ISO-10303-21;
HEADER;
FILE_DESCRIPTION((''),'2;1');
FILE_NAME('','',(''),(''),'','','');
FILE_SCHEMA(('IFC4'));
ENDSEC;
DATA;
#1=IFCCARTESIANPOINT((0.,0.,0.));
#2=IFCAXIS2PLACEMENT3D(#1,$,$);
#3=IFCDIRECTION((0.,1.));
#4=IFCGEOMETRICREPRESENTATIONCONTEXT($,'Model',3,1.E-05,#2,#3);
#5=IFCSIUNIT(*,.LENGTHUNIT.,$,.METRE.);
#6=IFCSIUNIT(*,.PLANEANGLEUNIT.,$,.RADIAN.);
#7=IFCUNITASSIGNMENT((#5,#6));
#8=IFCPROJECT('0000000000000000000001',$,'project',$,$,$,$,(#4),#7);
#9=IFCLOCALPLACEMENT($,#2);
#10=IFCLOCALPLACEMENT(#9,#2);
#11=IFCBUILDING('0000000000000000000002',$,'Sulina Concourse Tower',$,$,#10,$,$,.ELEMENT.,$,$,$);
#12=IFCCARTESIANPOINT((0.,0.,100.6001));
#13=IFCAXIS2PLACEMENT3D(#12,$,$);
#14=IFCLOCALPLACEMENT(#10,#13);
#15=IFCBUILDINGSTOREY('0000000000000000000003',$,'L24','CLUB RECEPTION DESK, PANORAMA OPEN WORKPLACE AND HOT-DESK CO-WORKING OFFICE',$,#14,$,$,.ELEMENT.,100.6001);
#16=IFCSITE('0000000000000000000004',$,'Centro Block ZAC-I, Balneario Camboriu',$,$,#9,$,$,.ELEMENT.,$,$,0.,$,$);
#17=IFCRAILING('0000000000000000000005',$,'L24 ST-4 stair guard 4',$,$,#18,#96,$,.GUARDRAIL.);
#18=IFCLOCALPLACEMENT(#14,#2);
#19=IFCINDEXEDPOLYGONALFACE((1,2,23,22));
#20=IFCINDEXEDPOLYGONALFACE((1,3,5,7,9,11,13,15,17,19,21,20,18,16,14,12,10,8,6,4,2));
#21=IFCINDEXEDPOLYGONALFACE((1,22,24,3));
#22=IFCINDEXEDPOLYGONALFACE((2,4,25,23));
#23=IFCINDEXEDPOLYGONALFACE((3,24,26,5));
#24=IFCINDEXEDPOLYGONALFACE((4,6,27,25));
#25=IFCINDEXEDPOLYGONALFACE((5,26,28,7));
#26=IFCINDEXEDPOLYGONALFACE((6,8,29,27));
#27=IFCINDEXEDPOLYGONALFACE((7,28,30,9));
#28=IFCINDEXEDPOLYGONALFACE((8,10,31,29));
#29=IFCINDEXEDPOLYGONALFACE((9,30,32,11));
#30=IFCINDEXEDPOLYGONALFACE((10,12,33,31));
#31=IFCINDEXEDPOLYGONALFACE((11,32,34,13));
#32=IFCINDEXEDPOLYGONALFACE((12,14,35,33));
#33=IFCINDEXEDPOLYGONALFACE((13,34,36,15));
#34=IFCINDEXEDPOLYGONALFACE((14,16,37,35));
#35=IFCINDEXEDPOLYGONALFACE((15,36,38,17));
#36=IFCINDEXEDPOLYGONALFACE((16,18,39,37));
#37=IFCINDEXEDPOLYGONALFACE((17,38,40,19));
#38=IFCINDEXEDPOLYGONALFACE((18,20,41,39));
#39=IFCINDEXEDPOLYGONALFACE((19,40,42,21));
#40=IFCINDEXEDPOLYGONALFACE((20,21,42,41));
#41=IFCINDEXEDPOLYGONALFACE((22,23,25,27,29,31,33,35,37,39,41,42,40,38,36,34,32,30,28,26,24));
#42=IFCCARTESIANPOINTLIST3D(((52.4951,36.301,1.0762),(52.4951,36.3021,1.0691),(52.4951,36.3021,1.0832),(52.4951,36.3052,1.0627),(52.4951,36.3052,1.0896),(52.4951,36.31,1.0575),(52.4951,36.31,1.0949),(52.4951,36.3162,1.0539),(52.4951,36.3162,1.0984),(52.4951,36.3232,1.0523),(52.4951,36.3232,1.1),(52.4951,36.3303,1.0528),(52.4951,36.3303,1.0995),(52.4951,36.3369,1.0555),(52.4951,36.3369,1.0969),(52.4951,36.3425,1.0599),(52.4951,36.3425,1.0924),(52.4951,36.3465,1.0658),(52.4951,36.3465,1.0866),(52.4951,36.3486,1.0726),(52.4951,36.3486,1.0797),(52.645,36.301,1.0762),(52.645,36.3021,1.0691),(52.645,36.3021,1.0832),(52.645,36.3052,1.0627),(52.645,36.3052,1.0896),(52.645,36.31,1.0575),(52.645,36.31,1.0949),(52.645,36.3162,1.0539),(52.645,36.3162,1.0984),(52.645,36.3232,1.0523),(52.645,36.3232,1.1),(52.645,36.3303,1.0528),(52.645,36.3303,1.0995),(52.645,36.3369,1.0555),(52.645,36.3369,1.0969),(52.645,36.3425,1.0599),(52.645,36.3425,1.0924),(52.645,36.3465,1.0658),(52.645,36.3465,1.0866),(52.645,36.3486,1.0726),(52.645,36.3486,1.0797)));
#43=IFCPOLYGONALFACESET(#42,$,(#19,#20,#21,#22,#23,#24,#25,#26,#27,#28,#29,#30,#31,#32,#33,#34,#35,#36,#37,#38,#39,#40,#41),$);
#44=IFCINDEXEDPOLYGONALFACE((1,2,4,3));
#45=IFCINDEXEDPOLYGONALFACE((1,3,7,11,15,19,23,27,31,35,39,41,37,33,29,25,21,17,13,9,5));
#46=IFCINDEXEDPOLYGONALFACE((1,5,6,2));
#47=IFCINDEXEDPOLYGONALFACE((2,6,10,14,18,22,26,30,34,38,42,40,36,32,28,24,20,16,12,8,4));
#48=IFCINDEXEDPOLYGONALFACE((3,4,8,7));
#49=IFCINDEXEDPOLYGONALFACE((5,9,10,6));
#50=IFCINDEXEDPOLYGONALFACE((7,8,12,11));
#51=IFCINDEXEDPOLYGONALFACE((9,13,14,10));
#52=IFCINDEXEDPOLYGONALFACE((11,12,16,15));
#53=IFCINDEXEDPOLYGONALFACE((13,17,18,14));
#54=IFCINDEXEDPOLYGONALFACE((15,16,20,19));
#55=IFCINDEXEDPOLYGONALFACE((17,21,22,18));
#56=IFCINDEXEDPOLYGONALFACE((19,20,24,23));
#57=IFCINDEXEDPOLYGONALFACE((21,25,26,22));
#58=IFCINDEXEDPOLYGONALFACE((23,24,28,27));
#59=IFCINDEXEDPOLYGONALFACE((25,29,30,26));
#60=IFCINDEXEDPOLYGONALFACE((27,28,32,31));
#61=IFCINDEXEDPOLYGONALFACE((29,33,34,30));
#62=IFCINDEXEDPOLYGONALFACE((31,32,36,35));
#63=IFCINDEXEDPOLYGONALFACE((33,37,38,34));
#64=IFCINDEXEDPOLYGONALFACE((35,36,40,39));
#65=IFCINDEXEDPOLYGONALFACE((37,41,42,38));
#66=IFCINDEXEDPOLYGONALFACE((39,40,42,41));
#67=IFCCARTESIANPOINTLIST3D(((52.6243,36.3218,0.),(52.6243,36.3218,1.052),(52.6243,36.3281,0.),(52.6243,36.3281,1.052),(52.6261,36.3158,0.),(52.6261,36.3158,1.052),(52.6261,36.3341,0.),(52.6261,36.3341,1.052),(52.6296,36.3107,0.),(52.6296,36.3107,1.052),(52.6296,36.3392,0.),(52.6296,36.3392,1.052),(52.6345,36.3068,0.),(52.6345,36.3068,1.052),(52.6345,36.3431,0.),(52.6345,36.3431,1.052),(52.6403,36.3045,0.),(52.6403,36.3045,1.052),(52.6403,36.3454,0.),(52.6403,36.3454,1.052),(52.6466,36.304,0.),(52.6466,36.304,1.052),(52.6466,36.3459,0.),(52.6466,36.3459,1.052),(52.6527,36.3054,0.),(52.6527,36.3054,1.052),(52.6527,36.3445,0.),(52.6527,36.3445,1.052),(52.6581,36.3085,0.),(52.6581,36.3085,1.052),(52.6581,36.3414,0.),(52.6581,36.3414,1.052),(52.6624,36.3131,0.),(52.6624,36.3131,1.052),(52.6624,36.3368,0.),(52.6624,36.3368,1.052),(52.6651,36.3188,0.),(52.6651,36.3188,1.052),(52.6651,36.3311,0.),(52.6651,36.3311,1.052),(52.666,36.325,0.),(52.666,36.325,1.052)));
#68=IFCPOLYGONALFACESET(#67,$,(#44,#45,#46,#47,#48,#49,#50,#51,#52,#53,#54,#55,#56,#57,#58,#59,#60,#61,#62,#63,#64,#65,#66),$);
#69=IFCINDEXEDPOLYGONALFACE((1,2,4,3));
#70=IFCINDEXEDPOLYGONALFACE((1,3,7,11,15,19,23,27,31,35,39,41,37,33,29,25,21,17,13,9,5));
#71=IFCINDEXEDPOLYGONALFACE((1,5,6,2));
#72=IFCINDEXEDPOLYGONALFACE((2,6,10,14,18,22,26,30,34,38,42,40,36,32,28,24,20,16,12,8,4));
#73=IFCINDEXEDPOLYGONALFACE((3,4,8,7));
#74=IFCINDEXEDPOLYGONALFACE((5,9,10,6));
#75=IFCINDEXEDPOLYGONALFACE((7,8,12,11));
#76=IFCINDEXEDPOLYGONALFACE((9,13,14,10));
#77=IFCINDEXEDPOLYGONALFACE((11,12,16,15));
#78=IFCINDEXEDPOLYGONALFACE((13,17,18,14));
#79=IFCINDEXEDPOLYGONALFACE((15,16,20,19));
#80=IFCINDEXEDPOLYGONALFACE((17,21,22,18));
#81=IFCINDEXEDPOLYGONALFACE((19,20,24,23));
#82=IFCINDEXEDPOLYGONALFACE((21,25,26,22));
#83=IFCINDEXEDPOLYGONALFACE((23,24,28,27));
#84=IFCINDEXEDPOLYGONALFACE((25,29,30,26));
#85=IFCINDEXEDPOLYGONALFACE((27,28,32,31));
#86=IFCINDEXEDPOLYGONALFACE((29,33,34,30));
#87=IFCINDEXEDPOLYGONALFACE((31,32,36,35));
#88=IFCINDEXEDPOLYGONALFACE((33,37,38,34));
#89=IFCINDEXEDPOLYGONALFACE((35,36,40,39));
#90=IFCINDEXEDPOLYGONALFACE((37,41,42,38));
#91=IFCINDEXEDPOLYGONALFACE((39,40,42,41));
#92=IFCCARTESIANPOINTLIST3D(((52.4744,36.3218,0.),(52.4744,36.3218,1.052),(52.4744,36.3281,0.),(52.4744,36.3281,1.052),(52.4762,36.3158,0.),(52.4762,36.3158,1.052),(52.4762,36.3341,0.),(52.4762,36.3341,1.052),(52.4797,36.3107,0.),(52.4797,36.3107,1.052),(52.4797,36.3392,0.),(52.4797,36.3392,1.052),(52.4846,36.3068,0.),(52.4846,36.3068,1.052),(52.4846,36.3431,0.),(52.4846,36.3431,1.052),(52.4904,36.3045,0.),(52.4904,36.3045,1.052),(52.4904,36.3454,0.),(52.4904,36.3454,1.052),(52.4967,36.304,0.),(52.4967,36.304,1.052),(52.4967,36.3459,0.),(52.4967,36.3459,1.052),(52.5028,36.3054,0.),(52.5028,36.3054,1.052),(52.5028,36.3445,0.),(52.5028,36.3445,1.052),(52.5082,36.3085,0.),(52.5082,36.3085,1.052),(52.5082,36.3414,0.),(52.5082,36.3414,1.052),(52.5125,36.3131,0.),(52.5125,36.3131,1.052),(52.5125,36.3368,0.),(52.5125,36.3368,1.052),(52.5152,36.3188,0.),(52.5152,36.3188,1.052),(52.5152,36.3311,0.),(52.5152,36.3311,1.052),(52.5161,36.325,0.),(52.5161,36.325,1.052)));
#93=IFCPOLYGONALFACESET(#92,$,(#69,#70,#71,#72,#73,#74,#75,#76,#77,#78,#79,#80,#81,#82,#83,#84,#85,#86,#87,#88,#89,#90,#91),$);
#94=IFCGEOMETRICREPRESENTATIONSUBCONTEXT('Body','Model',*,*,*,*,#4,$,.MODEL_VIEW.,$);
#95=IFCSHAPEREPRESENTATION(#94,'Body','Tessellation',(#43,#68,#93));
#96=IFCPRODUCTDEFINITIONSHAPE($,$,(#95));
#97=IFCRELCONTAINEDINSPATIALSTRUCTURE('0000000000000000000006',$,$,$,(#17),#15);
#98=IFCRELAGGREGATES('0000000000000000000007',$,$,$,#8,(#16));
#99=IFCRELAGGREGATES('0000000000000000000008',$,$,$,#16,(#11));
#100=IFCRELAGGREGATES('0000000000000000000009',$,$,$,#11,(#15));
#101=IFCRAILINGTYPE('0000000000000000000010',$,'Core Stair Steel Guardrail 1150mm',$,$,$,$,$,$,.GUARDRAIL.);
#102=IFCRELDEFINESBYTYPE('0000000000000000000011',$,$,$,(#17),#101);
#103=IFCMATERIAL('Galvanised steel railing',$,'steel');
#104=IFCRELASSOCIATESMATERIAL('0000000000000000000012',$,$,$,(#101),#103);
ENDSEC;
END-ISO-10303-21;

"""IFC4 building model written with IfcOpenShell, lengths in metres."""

from ifc_helpers import new_model, si_unit, direction, frame, origin, origin_2d, place, context, subcontext, project, spatial, circle, extrude, material, type_object, element, save


model = new_model("IFC4")

# Units and contexts
model_context = context("Model", 3, precision=1e-05, world=origin(), true_north=direction((0.0, 1.0)))
body_context = subcontext(model_context, "Body", "Model", "MODEL_VIEW")
ifc_project = project(units=[si_unit("LENGTHUNIT", "METRE"), si_unit("PLANEANGLEUNIT", "RADIAN")], contexts=[model_context])

# Site, building, storey
site_placement = place(None, origin())
site = spatial("IfcSite", under=ifc_project, at=site_placement, Name="Centro Block ZAC-I, Balneario Camboriu", CompositionType="ELEMENT", RefElevation=0.0)
building_placement = place(site_placement, origin())
building = spatial("IfcBuilding", under=site, at=building_placement, Name="Sulina Concourse Tower", CompositionType="ELEMENT")
storey_placement = place(building_placement, frame((0.0, 0.0, 100.6001)))
storey = spatial("IfcBuildingStorey", under=building, at=storey_placement, Name="L24", Description="CLUB RECEPTION DESK, PANORAMA OPEN WORKPLACE AND HOT-DESK CO-WORKING OFFICE", CompositionType="ELEMENT", Elevation=100.6001)

# Railing
ifc_material_1 = material(Name="Galvanised steel railing", Category="steel")
railing_type_1 = type_object("IfcRailingType", Name="Core Stair Steel Guardrail 1150mm", PredefinedType="GUARDRAIL", material=ifc_material_1)
railing_1_placement = place(storey_placement, frame((52.645, 36.325, 0.0)))
element("IfcRailing", 1, at=railing_1_placement, inside=storey, type_object=railing_type_1, Name="L24 ST-4 stair guard 4", PredefinedType="GUARDRAIL", context=body_context, shape_type="SweptSolid", body=[
    extrude(circle(Radius=0.0239, at=origin_2d()), frame((0.0, 0.0, 1.0762), z_axis=(-1.0, 0.0, 0.0), x_axis=(0.0, -1.0, 0.0)), (0.0, 0.0, 1.0), 0.1499),
    extrude(circle(Radius=0.021, at=origin_2d()), origin(), (0.0, 0.0, 1.0), 1.052),
    extrude(circle(Radius=0.021, at=origin_2d()), frame((-0.1499, 0.0, 0.0)), (0.0, 0.0, 1.0), 1.052),
])

save(model, "model.ifc")
